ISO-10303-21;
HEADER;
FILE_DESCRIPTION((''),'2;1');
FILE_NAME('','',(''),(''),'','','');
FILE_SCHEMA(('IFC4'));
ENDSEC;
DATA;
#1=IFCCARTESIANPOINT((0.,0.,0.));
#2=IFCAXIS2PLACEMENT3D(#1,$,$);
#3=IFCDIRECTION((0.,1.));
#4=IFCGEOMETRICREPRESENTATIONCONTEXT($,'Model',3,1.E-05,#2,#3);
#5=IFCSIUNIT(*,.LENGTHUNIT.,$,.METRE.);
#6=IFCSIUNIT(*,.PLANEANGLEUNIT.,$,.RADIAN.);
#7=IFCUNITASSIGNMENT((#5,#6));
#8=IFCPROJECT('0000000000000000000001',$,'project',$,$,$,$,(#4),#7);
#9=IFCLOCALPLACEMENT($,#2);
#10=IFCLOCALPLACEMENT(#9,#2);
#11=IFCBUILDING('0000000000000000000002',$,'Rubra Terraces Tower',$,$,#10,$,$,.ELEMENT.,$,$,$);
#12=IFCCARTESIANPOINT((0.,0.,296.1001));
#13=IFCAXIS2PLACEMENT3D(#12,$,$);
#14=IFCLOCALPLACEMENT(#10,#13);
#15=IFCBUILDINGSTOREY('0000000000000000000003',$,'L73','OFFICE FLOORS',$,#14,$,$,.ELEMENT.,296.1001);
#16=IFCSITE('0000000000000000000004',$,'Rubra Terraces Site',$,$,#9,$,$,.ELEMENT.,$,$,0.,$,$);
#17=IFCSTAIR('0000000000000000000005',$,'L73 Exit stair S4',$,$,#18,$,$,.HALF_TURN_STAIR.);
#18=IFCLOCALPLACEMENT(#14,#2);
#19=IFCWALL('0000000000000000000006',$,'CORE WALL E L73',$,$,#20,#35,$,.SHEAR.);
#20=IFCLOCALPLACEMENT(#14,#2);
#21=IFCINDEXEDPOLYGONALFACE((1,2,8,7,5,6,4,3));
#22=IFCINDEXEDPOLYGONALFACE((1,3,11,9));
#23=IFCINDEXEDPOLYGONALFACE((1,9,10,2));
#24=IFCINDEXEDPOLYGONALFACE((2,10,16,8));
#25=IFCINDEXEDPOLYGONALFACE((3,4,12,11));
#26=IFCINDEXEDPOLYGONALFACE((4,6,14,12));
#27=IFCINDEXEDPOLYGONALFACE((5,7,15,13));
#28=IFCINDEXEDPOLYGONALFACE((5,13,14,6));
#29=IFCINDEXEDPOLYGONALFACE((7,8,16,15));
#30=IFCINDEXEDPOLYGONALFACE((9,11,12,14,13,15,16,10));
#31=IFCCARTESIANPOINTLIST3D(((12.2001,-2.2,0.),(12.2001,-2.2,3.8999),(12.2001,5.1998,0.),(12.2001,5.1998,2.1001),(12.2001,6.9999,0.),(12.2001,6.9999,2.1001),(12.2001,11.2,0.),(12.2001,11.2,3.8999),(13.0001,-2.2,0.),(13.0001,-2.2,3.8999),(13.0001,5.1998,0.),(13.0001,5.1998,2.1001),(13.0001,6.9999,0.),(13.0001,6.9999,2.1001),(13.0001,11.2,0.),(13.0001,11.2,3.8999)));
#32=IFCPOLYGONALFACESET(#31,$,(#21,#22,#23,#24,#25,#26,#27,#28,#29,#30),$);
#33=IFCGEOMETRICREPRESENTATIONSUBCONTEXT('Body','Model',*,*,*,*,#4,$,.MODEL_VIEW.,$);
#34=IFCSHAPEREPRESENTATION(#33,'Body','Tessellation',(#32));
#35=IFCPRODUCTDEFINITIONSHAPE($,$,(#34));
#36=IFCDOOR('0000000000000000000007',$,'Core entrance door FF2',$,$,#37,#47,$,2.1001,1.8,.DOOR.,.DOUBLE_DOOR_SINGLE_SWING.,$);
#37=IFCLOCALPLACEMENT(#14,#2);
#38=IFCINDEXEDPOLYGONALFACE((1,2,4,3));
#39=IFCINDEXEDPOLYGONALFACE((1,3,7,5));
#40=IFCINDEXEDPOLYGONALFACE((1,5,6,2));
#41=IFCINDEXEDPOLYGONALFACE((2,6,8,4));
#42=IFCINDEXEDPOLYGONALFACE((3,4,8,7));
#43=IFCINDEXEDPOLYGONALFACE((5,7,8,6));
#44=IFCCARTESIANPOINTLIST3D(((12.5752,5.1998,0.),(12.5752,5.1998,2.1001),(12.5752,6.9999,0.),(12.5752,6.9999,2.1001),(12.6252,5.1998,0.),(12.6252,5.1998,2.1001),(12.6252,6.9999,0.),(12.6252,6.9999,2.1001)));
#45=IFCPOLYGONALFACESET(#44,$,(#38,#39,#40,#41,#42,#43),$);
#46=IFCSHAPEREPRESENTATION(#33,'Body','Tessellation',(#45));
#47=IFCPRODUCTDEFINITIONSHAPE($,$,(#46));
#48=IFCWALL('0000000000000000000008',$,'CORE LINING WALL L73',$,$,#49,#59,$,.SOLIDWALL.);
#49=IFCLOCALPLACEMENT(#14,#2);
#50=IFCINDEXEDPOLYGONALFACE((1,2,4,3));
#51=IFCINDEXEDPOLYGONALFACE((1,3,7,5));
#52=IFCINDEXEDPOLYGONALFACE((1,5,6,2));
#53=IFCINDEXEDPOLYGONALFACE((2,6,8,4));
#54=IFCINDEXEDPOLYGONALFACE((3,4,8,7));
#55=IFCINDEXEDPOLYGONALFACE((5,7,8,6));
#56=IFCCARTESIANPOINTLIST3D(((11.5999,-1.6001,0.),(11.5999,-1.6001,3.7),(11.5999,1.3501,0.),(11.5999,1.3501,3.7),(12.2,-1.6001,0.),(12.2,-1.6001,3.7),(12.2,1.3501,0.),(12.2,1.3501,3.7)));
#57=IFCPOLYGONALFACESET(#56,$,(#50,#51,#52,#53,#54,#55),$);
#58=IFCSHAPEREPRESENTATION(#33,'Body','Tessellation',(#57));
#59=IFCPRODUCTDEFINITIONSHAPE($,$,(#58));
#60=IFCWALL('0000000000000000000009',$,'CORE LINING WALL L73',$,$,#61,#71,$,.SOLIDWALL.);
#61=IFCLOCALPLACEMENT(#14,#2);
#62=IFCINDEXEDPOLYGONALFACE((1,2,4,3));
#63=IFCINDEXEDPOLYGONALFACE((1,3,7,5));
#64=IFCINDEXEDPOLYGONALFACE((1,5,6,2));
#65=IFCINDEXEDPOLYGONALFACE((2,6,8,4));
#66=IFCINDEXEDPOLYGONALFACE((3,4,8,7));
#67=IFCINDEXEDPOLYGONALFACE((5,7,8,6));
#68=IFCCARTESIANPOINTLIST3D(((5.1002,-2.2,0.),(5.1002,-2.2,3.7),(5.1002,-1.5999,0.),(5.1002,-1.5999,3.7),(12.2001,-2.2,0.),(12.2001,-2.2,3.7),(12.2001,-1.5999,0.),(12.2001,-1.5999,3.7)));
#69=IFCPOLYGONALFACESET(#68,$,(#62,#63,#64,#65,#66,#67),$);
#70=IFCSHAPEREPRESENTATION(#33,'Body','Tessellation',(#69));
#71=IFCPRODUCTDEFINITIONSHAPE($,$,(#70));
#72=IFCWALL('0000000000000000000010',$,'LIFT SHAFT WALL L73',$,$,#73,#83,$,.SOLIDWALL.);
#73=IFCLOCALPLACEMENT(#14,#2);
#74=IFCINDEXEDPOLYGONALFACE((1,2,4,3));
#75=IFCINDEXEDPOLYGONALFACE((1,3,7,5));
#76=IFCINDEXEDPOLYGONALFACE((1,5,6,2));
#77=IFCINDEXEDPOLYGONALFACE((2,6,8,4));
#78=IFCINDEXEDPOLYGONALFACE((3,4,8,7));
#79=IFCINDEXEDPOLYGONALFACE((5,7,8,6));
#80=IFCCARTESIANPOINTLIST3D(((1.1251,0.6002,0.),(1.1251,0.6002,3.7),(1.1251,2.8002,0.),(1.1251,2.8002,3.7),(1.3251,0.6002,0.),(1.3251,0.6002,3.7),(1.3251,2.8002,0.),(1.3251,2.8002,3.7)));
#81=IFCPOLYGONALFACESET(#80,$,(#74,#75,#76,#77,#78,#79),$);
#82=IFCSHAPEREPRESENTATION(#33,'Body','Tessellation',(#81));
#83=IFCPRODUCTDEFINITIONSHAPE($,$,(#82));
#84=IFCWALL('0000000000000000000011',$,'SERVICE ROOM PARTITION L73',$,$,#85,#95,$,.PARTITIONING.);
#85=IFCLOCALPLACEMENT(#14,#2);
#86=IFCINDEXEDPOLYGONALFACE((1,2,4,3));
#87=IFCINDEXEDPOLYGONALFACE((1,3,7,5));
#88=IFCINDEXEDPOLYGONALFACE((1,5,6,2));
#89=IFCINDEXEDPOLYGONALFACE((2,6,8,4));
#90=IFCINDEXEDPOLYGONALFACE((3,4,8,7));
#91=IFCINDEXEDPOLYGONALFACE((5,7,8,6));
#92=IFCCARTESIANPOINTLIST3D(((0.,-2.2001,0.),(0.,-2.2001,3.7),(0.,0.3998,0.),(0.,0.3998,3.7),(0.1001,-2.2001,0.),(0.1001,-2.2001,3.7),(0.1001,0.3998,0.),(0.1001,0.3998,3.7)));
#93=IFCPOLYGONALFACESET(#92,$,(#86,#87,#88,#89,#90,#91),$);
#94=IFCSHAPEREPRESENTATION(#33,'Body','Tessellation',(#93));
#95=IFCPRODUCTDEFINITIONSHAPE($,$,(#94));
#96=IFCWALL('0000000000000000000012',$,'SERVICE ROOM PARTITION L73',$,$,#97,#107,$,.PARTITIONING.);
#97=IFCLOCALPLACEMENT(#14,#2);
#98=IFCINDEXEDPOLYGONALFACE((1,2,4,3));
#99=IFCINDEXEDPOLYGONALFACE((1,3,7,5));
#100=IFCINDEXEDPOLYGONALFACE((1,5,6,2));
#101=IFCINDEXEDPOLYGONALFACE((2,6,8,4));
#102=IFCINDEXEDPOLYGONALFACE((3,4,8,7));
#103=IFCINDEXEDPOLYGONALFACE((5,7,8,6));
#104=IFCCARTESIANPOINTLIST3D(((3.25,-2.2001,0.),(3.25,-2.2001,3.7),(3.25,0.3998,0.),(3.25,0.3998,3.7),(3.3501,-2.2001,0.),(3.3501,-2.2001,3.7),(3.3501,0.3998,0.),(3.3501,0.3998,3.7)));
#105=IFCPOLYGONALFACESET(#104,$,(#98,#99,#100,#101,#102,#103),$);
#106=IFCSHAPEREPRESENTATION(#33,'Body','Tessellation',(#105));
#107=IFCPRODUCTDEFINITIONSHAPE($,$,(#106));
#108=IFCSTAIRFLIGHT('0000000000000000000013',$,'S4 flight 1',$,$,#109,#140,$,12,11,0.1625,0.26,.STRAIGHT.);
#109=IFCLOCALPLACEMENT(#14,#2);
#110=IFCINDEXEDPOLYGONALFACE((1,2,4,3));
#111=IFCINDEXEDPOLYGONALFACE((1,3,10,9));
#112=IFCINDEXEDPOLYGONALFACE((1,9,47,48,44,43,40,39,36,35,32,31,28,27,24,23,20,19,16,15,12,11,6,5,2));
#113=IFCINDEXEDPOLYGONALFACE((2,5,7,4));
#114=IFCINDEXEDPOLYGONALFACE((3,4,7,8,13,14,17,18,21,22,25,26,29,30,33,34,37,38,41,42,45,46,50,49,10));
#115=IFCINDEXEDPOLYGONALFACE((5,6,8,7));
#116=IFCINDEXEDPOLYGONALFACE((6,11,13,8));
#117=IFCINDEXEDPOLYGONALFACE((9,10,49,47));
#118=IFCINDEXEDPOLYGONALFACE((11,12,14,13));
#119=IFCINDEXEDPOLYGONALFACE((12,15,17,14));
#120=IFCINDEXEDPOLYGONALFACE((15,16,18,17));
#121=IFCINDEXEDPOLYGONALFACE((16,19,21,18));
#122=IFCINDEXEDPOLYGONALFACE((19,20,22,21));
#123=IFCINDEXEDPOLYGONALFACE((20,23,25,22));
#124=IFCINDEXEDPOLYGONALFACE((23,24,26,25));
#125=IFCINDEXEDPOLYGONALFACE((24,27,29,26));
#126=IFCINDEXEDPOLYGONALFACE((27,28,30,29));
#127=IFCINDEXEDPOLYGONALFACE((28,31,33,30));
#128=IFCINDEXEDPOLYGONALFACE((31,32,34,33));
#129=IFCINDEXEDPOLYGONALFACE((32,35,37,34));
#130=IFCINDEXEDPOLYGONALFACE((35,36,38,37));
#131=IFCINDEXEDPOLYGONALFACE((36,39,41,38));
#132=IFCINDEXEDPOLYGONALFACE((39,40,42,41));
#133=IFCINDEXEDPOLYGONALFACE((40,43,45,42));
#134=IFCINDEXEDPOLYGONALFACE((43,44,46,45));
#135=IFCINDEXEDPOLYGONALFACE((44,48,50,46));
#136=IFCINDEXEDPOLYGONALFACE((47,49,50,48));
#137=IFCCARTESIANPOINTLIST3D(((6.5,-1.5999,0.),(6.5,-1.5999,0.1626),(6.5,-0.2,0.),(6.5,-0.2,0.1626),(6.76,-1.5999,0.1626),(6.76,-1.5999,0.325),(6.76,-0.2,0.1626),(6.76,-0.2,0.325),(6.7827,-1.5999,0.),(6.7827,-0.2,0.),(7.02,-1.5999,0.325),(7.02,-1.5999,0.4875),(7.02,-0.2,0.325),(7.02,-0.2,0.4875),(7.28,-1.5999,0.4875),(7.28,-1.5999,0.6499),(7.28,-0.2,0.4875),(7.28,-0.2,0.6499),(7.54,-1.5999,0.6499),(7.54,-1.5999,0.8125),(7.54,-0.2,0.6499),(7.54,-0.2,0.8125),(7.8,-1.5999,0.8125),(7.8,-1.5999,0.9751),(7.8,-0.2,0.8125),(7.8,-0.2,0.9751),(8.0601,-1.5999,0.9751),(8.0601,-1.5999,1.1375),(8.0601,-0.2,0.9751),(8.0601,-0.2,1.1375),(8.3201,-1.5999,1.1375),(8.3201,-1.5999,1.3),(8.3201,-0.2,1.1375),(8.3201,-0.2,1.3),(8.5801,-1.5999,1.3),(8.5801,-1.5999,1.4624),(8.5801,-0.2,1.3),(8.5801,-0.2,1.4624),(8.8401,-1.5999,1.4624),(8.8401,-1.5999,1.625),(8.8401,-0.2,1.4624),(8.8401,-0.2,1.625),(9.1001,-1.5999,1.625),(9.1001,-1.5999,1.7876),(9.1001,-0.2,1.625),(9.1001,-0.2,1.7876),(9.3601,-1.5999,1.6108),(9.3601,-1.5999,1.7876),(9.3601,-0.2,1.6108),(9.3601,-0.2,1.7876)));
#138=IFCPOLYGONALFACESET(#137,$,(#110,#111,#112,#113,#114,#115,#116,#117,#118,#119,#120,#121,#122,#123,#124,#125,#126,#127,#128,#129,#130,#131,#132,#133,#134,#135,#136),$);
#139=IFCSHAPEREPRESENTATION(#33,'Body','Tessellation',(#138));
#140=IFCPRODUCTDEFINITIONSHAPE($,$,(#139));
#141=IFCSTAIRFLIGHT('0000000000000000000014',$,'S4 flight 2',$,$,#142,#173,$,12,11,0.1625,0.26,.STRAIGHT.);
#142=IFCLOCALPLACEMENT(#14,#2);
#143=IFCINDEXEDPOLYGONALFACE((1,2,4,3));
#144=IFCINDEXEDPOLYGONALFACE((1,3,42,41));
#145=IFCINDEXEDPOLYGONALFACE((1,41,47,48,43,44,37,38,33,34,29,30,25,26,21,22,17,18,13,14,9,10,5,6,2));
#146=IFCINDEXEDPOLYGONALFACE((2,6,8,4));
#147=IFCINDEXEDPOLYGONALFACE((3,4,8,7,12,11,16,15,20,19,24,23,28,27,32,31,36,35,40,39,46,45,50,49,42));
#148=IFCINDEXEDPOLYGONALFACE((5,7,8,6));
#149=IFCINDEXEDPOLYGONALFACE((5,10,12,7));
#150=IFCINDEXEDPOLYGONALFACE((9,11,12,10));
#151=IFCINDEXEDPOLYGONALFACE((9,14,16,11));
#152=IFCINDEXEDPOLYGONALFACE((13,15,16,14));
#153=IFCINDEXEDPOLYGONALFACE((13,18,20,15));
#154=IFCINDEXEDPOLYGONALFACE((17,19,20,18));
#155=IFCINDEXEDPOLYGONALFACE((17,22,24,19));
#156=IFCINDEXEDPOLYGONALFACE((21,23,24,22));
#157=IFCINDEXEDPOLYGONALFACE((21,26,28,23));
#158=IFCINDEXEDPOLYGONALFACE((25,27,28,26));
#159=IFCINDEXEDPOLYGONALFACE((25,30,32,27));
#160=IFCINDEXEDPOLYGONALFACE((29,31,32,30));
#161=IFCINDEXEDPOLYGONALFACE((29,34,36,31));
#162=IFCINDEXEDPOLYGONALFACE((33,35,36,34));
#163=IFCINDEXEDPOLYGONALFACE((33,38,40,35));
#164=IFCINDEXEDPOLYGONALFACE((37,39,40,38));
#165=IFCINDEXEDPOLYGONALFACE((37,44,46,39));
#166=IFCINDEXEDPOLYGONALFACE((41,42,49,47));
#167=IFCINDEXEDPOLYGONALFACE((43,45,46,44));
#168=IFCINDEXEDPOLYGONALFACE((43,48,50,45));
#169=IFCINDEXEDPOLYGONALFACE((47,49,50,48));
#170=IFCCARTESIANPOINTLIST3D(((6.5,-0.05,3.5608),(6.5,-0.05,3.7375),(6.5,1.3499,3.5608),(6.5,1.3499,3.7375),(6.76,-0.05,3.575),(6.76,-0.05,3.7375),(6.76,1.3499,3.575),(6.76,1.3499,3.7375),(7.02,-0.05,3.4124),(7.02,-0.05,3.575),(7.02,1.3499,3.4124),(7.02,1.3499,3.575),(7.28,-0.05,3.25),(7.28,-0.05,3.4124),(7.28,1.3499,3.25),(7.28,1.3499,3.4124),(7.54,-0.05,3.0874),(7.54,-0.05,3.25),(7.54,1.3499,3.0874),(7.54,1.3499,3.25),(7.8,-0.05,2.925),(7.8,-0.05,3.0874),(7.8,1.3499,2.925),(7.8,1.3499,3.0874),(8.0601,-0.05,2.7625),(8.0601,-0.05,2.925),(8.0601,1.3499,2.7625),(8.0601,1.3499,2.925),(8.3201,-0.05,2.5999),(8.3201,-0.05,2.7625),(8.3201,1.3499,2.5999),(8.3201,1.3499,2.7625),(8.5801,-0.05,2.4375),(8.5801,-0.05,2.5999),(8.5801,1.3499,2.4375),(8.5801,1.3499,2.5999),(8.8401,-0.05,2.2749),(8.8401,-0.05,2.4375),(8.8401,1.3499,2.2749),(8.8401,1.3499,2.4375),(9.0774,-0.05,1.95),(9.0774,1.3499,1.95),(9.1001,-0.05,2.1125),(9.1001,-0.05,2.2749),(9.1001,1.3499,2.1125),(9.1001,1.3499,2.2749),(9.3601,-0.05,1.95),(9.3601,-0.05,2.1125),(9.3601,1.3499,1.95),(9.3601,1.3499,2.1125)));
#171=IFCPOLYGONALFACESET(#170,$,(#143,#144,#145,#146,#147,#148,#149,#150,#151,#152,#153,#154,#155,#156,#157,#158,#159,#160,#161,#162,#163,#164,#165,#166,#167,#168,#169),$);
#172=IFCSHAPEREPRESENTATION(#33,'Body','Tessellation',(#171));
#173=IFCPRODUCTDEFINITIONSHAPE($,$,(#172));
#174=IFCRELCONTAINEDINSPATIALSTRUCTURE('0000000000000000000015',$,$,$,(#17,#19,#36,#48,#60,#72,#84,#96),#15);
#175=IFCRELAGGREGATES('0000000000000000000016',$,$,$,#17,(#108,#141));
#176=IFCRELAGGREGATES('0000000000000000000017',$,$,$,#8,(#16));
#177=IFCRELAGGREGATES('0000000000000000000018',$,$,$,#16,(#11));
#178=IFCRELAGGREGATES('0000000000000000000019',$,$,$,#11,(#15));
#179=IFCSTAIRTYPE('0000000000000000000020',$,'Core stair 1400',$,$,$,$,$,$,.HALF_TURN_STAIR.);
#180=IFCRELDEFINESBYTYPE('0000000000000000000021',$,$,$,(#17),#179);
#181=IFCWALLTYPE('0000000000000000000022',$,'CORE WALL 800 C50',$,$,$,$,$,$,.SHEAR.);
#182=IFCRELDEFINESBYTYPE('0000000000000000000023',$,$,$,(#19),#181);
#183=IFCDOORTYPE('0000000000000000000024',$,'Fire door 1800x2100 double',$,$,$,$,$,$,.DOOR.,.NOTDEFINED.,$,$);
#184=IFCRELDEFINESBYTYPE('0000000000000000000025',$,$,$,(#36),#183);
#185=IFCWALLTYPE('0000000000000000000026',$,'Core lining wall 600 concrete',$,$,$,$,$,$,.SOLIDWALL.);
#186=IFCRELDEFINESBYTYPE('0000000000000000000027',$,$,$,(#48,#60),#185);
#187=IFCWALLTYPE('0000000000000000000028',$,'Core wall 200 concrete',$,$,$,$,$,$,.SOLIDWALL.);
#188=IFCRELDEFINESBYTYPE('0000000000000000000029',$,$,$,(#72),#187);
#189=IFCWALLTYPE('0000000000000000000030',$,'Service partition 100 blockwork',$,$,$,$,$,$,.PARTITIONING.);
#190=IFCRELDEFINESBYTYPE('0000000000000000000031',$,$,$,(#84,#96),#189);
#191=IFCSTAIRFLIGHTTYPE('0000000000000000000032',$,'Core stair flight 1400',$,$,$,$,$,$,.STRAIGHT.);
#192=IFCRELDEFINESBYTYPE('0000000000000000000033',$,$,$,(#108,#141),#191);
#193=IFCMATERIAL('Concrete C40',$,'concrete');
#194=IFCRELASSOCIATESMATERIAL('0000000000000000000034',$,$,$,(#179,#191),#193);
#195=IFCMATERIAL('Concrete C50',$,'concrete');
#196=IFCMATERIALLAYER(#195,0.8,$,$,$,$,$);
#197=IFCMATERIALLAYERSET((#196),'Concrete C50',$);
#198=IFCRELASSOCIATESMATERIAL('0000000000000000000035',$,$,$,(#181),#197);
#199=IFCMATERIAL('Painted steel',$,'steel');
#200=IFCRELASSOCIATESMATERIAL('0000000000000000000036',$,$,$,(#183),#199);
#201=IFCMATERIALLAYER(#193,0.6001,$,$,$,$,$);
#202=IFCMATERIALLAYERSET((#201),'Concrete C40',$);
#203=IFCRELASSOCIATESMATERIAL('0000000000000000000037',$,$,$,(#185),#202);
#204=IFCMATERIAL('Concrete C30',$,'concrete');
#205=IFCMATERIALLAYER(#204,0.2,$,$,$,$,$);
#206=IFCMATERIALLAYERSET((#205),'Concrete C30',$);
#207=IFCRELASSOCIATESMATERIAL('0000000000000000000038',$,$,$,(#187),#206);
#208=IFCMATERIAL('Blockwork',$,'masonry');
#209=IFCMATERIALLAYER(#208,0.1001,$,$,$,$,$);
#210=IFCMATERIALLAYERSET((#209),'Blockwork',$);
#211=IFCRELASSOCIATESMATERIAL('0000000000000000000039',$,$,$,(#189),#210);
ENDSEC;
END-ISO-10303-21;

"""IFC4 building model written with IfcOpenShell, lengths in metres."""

from ifc_helpers import new_model, si_unit, direction, frame, frame_2d, origin, place, context, subcontext, project, spatial, polyline, rectangle, outline, extrude, material, layer, layer_set, type_object, element, fill, aggregate, save


model = new_model("IFC4")

# Units and contexts
model_context = context("Model", 3, precision=1e-05, world=origin(), true_north=direction((0.0, 1.0)))
body_context = subcontext(model_context, "Body", "Model", "MODEL_VIEW")
ifc_project = project(units=[si_unit("LENGTHUNIT", "METRE"), si_unit("PLANEANGLEUNIT", "RADIAN")], contexts=[model_context])

# Site, building, storey
site_placement = place(None, origin())
site = spatial("IfcSite", under=ifc_project, at=site_placement, Name="Rubra Terraces Site", CompositionType="ELEMENT", RefElevation=0.0)
building_placement = place(site_placement, origin())
building = spatial("IfcBuilding", under=site, at=building_placement, Name="Rubra Terraces Tower", CompositionType="ELEMENT")
storey_placement = place(building_placement, frame((0.0, 0.0, 296.1001)))
storey = spatial("IfcBuildingStorey", under=building, at=storey_placement, Name="L73", Description="OFFICE FLOORS", CompositionType="ELEMENT", Elevation=296.1001)

# Shared definitions
ifc_material_1 = material(Name="Concrete C40", Category="concrete")

# Stair
stair_type = type_object("IfcStairType", Name="Core stair 1400", PredefinedType="HALF_TURN_STAIR", material=ifc_material_1)
stair_1_placement = place(storey_placement, origin())
stair_1 = element("IfcStair", 1, at=stair_1_placement, inside=storey, type_object=stair_type, Name="L73 Exit stair S4", PredefinedType="HALF_TURN_STAIR")

# Wall, opening, door
ifc_material_2 = material(Name="Concrete C50", Category="concrete")
ifc_layer_1 = layer(ifc_material_2, 0.8)
ifc_layer_set_1 = layer_set([ifc_layer_1], Name="Concrete C50")
wall_type_1 = type_object("IfcWallType", Name="CORE WALL 800 C50", PredefinedType="SHEAR", material=ifc_layer_set_1)
wall_1_placement = place(storey_placement, frame((12.6001, -2.2, 0.0), z_axis=(0.0, 0.0, 1.0), x_axis=(0.0, 1.0, 0.0)))
wall_1 = element("IfcWall", 2, at=wall_1_placement, inside=storey, type_object=wall_type_1, Name="CORE WALL E L73", PredefinedType="SHEAR", context=body_context, shape_type="SweptSolid", body=[
    extrude(rectangle(XDim=13.3999, YDim=0.8, at=frame_2d((6.7, 0.0))), origin(), (0.0, 0.0, 1.0), 3.8999),
])
opening_placement = place(wall_1_placement, frame((7.3999, 0.0, 0.0)))
opening = element("IfcOpeningElement", 3, at=opening_placement, cuts=wall_1, PredefinedType="OPENING", context=body_context, shape_type="SweptSolid", body=[
    extrude(rectangle(XDim=1.8, YDim=2.1001, at=frame_2d((0.8999, 1.05))), frame((0.0, 0.4099, 0.0), z_axis=(0.0, -1.0, 0.0), x_axis=(1.0, 0.0, 0.0)), (0.0, 0.0, 1.0), 0.8201),
])
ifc_material_3 = material(Name="Painted steel", Category="steel")
door_type = type_object("IfcDoorType", Name="Fire door 1800x2100 double", OperationType="NOTDEFINED", PredefinedType="DOOR", material=ifc_material_3)
door_placement = place(opening_placement, origin())
door = element("IfcDoor", 4, at=door_placement, inside=storey, type_object=door_type, Name="Core entrance door FF2", OperationType="DOUBLE_DOOR_SINGLE_SWING", OverallHeight=2.1001, OverallWidth=1.8, PredefinedType="DOOR", context=body_context, shape_type="SweptSolid", body=[
    extrude(rectangle(XDim=1.8, YDim=2.1001, at=frame_2d((0.8999, 1.05))), frame((0.0, 0.0249, 0.0), z_axis=(0.0, -1.0, 0.0), x_axis=(1.0, 0.0, 0.0)), (0.0, 0.0, 1.0), 0.05),
])
fill(opening, door)

# Walls
ifc_layer_2 = layer(ifc_material_1, 0.6001)
ifc_layer_set_2 = layer_set([ifc_layer_2], Name="Concrete C40")
wall_type_2 = type_object("IfcWallType", Name="Core lining wall 600 concrete", PredefinedType="SOLIDWALL", material=ifc_layer_set_2)
wall_2_placement = place(storey_placement, frame((11.8999, 1.3501, 0.0), z_axis=(0.0, 0.0, 1.0), x_axis=(0.0, -1.0, 0.0)))
element("IfcWall", 5, at=wall_2_placement, inside=storey, type_object=wall_type_2, Name="CORE LINING WALL L73", PredefinedType="SOLIDWALL", context=body_context, shape_type="SweptSolid", body=[
    extrude(rectangle(XDim=2.9502, YDim=0.6001, at=frame_2d((1.4751, 0.0))), origin(), (0.0, 0.0, 1.0), 3.7),
])
wall_3_placement = place(storey_placement, frame((12.2, -1.8999, 0.0), z_axis=(0.0, 0.0, 1.0), x_axis=(-1.0, 0.0, 0.0)))
element("IfcWall", 6, at=wall_3_placement, inside=storey, type_object=wall_type_2, Name="CORE LINING WALL L73", PredefinedType="SOLIDWALL", context=body_context, shape_type="SweptSolid", body=[
    extrude(rectangle(XDim=7.0999, YDim=0.6001, at=frame_2d((3.5498, 0.0))), origin(), (0.0, 0.0, 1.0), 3.7),
])
ifc_material_4 = material(Name="Concrete C30", Category="concrete")
ifc_layer_3 = layer(ifc_material_4, 0.2)
ifc_layer_set_3 = layer_set([ifc_layer_3], Name="Concrete C30")
wall_type_3 = type_object("IfcWallType", Name="Core wall 200 concrete", PredefinedType="SOLIDWALL", material=ifc_layer_set_3)
wall_4_placement = place(storey_placement, frame((1.2251, 0.6001, 0.0), z_axis=(0.0, 0.0, 1.0), x_axis=(0.0, 1.0, 0.0)))
element("IfcWall", 7, at=wall_4_placement, inside=storey, type_object=wall_type_3, Name="LIFT SHAFT WALL L73", PredefinedType="SOLIDWALL", context=body_context, shape_type="SweptSolid", body=[
    extrude(rectangle(XDim=2.2, YDim=0.2, at=frame_2d((1.1001, 0.0))), origin(), (0.0, 0.0, 1.0), 3.7),
])
ifc_material_5 = material(Name="Blockwork", Category="masonry")
ifc_layer_4 = layer(ifc_material_5, 0.1001)
ifc_layer_set_4 = layer_set([ifc_layer_4], Name="Blockwork")
wall_type_4 = type_object("IfcWallType", Name="Service partition 100 blockwork", PredefinedType="PARTITIONING", material=ifc_layer_set_4)
for number, where, z_axis, x_axis, name in (
    (8, (0.05, -2.2, 0.0), (0.0, 0.0, 1.0), (0.0, 1.0, 0.0), "SERVICE ROOM PARTITION L73"),
    (9, (3.3, -2.2, 0.0), (0.0, 0.0, 1.0), (0.0, 1.0, 0.0), "SERVICE ROOM PARTITION L73"),
):
    element("IfcWall", number, at=place(storey_placement, frame(where, z_axis=z_axis, x_axis=x_axis)), inside=storey, type_object=wall_type_4, Name=name, PredefinedType="PARTITIONING", context=body_context, shape_type="SweptSolid", body=[
        extrude(rectangle(XDim=2.5999, YDim=0.1001, at=frame_2d((1.2998, 0.0))), origin(), (0.0, 0.0, 1.0), 3.7),
    ])

# Stair flights
stair_flight_type = type_object("IfcStairFlightType", Name="Core stair flight 1400", PredefinedType="STRAIGHT", material=ifc_material_1)
stair_flight_1_placement = place(storey_placement, frame((6.5, -0.8999, 0.0), z_axis=(0.0, 0.0, 1.0), x_axis=(1.0, 0.0, 0.0)))
stair_flight_1 = element("IfcStairFlight", 10, at=stair_flight_1_placement, type_object=stair_flight_type, Name="S4 flight 1", NumberOfRisers=12, NumberOfTreads=11, PredefinedType="STRAIGHT", RiserHeight=0.1625, TreadLength=0.26, context=body_context, shape_type="SweptSolid", body=[
    extrude(outline(polyline([(0.0, 0.0), (0.0, 0.1626), (0.26, 0.1626), (0.26, 0.325), (0.52, 0.325), (0.52, 0.4875), (0.78, 0.4875), (0.78, 0.6499), (1.04, 0.6499), (1.04, 0.8125), (1.3, 0.8125), (1.3, 0.9751), (1.5601, 0.9751), (1.5601, 1.1375), (1.8201, 1.1375), (1.8201, 1.3), (2.0801, 1.3), (2.0801, 1.4624), (2.3401, 1.4624), (2.3401, 1.625), (2.6001, 1.625), (2.6001, 1.7876), (2.8601, 1.7876), (2.8601, 1.95), (2.8601, 1.6108), (0.2827, 0.0), (0.0, 0.0)])), frame((0.0, 0.7, 0.0), z_axis=(0.0, -1.0, 0.0), x_axis=(1.0, 0.0, 0.0)), (0.0, 0.0, 1.0), 1.3999),
])
stair_flight_2_placement = place(storey_placement, frame((9.3601, 0.6499, 1.95), z_axis=(0.0, 0.0, 1.0), x_axis=(-1.0, 0.0, 0.0)))
stair_flight_2 = element("IfcStairFlight", 11, at=stair_flight_2_placement, type_object=stair_flight_type, Name="S4 flight 2", NumberOfRisers=12, NumberOfTreads=11, PredefinedType="STRAIGHT", RiserHeight=0.1625, TreadLength=0.26, context=body_context, shape_type="SweptSolid", body=[
    extrude(outline(polyline([(0.0, 0.0), (0.0, 0.1626), (0.26, 0.1626), (0.26, 0.325), (0.52, 0.325), (0.52, 0.4875), (0.78, 0.4875), (0.78, 0.6499), (1.04, 0.6499), (1.04, 0.8125), (1.3, 0.8125), (1.3, 0.9751), (1.5601, 0.9751), (1.5601, 1.1375), (1.8201, 1.1375), (1.8201, 1.3), (2.0801, 1.3), (2.0801, 1.4624), (2.3401, 1.4624), (2.3401, 1.625), (2.6001, 1.625), (2.6001, 1.7876), (2.8601, 1.7876), (2.8601, 1.95), (2.8601, 1.6108), (0.2827, 0.0), (0.0, 0.0)])), frame((0.0, 0.7, 0.0), z_axis=(0.0, -1.0, 0.0), x_axis=(1.0, 0.0, 0.0)), (0.0, 0.0, 1.0), 1.3999),
])
aggregate(stair_1, [stair_flight_1, stair_flight_2])

save(model, "model.ifc")
